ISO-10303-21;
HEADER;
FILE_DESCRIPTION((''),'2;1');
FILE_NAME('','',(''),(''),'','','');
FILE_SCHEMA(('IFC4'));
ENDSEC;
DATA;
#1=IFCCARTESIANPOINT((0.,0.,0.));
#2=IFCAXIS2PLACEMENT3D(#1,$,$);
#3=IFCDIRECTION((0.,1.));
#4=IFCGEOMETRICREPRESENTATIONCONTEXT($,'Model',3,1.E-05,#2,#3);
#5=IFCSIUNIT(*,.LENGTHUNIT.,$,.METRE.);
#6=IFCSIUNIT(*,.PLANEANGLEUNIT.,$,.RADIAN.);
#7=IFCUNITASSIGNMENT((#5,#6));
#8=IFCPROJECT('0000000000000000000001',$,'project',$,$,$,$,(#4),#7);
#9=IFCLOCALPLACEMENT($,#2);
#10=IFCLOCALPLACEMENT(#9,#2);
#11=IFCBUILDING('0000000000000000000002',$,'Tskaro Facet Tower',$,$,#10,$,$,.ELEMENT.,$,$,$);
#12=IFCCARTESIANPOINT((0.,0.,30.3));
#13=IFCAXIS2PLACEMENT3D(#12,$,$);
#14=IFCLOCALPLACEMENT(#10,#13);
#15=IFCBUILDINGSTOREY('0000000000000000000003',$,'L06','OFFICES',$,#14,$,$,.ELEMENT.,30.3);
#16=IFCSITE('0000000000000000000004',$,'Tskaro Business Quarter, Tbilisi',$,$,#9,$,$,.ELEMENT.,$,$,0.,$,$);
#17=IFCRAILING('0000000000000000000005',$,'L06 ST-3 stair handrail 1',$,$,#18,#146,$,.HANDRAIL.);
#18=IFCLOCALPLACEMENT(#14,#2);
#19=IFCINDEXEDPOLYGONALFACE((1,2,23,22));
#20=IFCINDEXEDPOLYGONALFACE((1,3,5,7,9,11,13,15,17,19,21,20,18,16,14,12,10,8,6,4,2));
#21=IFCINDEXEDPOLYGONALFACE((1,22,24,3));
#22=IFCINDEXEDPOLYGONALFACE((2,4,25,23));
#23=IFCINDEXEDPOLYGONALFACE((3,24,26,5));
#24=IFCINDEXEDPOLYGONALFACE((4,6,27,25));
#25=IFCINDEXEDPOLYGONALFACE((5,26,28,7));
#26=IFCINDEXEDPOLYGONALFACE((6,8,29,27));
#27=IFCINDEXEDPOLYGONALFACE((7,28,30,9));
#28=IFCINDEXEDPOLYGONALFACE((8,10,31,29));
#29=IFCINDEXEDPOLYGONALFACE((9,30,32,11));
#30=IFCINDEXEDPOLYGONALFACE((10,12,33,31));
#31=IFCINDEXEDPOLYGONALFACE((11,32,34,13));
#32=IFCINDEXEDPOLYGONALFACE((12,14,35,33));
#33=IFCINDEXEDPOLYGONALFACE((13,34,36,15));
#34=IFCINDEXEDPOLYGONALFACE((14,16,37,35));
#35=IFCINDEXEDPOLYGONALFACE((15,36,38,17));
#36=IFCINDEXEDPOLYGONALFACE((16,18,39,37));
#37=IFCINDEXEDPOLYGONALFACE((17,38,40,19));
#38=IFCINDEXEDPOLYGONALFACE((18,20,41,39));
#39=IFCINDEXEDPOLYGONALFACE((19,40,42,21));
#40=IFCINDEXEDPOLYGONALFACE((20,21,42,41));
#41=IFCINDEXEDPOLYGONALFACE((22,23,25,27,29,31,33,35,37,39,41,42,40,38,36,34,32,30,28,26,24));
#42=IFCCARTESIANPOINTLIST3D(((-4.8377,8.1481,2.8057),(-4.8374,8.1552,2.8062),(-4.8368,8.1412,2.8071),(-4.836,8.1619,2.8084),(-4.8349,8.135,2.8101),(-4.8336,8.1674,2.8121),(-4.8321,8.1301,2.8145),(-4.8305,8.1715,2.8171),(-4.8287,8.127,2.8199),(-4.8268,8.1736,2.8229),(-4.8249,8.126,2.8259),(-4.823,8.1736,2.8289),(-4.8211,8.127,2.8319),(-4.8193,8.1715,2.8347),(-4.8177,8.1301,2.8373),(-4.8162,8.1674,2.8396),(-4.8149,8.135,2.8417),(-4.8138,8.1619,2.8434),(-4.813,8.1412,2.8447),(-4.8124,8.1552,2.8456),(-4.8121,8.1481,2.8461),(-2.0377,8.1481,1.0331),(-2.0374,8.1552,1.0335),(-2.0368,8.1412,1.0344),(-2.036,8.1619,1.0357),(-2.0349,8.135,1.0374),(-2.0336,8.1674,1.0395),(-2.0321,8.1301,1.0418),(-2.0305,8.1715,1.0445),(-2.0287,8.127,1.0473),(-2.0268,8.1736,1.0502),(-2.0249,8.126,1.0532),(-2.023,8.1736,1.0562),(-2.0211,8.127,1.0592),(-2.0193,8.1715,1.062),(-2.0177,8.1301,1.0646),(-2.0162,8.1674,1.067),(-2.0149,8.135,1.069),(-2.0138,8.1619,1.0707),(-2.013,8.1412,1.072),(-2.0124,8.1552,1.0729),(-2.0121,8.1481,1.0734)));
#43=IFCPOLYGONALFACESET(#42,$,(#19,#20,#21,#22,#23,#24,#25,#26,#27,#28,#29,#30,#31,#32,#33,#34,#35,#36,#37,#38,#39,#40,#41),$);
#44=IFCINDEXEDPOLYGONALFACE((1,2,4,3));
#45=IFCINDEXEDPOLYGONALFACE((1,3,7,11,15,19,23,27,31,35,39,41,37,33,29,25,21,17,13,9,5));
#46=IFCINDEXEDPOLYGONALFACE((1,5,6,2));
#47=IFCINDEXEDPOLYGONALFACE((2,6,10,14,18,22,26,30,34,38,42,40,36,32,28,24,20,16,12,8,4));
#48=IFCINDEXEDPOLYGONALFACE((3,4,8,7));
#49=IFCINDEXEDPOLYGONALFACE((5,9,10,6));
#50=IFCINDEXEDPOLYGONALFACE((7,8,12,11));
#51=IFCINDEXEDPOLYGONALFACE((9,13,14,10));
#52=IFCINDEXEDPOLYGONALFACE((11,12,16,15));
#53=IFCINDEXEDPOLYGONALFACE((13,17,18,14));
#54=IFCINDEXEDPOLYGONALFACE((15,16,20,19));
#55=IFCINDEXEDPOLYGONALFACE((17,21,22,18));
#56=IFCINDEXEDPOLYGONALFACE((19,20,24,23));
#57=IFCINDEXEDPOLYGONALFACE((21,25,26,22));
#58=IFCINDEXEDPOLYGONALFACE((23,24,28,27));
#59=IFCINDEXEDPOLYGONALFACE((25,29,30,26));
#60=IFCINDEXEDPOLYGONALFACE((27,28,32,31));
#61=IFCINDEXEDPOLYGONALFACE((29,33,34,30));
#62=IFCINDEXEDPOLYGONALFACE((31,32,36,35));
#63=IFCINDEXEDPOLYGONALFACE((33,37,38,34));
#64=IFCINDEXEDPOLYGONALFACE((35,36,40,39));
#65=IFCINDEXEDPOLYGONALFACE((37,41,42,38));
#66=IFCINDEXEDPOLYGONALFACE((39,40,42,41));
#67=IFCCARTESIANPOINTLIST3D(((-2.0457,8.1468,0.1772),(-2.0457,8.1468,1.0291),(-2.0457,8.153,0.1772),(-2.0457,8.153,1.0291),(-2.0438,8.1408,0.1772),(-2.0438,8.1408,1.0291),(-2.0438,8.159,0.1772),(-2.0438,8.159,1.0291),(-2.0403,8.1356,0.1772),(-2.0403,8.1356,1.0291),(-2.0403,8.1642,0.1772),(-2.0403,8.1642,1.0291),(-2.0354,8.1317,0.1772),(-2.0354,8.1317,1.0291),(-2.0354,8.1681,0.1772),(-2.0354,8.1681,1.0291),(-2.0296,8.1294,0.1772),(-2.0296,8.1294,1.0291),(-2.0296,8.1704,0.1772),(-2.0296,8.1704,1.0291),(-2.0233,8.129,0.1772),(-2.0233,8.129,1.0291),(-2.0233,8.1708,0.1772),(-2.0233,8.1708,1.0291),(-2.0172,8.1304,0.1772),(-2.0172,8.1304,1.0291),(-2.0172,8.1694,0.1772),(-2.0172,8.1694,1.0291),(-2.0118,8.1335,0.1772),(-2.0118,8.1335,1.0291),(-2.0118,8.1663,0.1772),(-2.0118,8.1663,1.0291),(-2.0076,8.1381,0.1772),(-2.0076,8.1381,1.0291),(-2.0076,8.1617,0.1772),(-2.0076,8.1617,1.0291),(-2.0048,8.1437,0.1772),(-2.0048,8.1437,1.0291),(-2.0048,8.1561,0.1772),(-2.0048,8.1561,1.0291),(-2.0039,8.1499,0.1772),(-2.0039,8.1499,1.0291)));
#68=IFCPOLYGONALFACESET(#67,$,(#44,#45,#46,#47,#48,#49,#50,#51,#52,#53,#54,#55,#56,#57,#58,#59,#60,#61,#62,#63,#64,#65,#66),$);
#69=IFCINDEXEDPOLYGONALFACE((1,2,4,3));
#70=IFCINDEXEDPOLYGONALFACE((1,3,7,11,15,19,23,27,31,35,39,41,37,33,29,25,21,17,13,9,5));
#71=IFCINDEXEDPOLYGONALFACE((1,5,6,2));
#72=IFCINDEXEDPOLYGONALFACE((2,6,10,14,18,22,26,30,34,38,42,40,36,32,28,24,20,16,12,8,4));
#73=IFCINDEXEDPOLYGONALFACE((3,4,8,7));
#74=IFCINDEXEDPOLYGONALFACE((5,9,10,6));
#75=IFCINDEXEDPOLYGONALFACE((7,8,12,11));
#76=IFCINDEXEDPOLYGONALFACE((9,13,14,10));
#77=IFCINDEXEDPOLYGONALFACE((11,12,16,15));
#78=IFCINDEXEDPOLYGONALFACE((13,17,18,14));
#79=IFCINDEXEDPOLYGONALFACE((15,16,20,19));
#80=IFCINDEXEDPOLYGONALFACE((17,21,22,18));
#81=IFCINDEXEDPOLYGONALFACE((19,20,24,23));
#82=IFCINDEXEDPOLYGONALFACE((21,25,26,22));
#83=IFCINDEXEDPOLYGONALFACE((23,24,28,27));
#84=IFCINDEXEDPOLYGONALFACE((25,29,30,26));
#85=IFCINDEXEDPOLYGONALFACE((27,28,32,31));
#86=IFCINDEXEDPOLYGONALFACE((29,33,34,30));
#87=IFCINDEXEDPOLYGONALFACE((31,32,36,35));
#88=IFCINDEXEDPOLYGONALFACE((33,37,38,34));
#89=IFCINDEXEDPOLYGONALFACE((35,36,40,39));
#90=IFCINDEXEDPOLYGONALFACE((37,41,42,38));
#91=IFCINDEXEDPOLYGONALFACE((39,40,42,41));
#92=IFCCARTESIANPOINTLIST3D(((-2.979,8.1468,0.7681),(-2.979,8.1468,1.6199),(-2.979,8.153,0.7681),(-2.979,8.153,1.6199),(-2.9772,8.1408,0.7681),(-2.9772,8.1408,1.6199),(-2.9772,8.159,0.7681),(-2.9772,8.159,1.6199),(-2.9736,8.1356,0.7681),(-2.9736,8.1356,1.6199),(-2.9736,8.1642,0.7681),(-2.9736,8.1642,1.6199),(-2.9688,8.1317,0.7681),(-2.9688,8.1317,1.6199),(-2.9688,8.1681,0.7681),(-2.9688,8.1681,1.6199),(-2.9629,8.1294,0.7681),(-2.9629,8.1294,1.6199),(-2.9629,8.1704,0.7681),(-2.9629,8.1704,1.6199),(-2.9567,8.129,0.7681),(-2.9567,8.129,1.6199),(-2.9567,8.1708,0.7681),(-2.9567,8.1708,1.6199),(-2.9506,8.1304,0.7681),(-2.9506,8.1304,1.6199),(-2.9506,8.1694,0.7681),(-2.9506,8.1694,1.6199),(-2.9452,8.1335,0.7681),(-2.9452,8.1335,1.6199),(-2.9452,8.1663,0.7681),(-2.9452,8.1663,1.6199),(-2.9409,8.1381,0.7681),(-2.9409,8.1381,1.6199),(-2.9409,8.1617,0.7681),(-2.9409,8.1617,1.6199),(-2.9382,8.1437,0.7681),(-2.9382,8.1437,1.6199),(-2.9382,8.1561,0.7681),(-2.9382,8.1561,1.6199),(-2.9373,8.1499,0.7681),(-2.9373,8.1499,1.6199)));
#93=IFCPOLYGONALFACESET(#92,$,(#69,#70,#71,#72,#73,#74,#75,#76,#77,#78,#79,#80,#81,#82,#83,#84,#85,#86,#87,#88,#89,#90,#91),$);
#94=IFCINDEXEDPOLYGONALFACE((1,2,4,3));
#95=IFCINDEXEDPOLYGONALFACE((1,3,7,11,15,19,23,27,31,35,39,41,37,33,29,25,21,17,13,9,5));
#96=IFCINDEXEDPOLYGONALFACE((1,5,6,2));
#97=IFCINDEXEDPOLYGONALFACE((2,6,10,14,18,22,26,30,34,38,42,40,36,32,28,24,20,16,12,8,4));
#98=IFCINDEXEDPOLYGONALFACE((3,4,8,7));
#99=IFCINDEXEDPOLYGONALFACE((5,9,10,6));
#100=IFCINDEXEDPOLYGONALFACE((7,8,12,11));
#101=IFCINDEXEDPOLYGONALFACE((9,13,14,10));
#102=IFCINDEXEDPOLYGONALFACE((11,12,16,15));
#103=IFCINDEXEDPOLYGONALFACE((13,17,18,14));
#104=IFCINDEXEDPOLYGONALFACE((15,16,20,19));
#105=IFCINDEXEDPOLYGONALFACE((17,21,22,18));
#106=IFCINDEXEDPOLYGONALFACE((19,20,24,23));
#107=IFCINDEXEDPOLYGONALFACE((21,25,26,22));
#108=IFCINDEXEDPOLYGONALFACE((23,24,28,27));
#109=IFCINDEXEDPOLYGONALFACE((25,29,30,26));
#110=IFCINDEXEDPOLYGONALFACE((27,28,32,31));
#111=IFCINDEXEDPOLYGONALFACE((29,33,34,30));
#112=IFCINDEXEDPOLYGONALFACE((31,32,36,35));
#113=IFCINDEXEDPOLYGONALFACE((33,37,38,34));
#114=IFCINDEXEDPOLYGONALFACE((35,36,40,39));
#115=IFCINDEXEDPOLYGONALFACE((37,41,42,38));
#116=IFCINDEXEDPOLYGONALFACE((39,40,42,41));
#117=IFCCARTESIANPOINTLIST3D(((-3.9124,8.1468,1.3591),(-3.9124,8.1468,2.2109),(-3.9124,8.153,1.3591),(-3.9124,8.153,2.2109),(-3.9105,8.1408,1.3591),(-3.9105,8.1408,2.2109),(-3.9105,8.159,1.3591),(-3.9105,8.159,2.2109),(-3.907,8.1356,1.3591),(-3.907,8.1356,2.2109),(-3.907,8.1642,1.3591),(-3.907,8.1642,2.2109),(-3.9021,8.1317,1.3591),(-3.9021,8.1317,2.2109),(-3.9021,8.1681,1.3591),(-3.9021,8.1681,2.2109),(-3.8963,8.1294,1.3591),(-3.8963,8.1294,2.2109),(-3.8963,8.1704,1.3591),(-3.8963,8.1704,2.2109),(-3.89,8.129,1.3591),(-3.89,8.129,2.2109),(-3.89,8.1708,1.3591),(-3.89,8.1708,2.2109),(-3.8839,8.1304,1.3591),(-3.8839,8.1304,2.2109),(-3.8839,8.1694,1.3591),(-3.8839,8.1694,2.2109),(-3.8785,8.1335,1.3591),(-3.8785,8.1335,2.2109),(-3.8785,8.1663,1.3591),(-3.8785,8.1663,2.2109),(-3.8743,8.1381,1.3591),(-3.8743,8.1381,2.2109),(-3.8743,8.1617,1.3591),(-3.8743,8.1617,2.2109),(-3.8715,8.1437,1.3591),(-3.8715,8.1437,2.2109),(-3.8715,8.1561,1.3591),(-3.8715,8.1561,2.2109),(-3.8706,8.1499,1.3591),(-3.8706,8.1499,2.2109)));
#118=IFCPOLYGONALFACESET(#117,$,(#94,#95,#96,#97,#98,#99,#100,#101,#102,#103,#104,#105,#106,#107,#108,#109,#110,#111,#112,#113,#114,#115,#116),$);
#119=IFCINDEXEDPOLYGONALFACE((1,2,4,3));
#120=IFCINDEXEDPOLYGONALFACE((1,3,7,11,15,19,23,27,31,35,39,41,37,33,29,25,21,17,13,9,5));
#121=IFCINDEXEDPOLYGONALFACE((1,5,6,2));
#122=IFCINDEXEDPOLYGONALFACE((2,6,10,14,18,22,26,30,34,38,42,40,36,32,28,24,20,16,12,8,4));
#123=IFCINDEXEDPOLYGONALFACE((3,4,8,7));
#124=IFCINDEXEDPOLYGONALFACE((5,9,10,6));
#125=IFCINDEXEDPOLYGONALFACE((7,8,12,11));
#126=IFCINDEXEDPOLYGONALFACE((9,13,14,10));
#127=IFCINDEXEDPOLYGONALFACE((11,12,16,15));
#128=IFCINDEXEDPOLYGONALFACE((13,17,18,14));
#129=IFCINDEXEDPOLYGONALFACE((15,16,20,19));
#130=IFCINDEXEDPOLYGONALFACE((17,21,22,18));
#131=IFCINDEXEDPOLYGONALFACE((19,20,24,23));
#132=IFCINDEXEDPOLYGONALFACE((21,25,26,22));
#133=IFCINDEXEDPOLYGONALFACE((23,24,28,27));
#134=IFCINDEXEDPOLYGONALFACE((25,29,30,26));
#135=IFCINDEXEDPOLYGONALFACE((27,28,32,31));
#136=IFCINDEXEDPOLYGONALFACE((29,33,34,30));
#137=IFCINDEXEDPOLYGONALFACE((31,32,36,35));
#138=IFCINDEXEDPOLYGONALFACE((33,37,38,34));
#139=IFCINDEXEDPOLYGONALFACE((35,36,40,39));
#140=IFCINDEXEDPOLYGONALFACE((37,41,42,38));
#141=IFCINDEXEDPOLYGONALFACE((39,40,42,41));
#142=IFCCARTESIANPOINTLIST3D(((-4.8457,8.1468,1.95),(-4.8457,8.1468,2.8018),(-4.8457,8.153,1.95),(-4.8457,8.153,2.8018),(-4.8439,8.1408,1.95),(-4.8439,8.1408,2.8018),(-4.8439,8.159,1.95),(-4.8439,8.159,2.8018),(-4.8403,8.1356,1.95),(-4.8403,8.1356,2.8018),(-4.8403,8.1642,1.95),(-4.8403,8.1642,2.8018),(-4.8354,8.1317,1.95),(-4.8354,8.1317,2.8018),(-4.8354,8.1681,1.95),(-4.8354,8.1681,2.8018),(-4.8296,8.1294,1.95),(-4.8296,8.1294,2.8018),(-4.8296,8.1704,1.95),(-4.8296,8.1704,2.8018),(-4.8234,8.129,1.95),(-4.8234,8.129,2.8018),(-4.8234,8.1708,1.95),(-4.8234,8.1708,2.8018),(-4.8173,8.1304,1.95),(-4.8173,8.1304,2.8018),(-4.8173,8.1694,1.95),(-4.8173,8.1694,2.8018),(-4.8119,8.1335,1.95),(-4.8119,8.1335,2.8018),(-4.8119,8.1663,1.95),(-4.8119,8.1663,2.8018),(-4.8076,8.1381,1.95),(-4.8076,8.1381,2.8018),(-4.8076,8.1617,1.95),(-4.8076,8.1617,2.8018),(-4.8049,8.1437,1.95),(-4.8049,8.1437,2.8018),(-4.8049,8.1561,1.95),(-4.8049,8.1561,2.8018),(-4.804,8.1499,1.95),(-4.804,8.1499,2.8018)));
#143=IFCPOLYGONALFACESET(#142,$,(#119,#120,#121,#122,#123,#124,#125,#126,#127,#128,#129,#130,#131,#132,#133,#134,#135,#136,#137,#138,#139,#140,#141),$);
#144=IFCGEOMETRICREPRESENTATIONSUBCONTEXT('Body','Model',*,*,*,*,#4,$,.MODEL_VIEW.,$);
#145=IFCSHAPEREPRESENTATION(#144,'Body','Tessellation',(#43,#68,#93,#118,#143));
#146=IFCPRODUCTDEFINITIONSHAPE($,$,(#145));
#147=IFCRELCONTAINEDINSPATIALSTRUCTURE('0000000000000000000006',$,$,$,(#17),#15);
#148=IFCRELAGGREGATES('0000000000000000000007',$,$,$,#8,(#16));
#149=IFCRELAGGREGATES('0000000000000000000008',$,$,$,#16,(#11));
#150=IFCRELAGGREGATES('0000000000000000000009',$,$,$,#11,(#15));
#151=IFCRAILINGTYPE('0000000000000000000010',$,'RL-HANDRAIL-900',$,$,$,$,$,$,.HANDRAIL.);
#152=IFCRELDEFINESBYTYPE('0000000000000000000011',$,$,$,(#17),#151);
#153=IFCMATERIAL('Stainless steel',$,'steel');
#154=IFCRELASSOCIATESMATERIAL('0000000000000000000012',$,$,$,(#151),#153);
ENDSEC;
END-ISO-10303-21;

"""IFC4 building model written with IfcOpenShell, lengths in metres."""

from ifc_helpers import new_model, si_unit, direction, frame, origin, origin_2d, place, context, subcontext, project, spatial, circle, extrude, material, type_object, element, save


model = new_model("IFC4")

# Units and contexts
model_context = context("Model", 3, precision=1e-05, world=origin(), true_north=direction((0.0, 1.0)))
body_context = subcontext(model_context, "Body", "Model", "MODEL_VIEW")
ifc_project = project(units=[si_unit("LENGTHUNIT", "METRE"), si_unit("PLANEANGLEUNIT", "RADIAN")], contexts=[model_context])

# Site, building, storey
site_placement = place(None, origin())
site = spatial("IfcSite", under=ifc_project, at=site_placement, Name="Tskaro Business Quarter, Tbilisi", CompositionType="ELEMENT", RefElevation=0.0)
building_placement = place(site_placement, origin())
building = spatial("IfcBuilding", under=site, at=building_placement, Name="Tskaro Facet Tower", CompositionType="ELEMENT")
storey_placement = place(building_placement, frame((0.0, 0.0, 30.3)))
storey = spatial("IfcBuildingStorey", under=building, at=storey_placement, Name="L06", Description="OFFICES", CompositionType="ELEMENT", Elevation=30.3)

# Railing
ifc_material_1 = material(Name="Stainless steel", Category="steel")
railing_type_1 = type_object("IfcRailingType", Name="RL-HANDRAIL-900", PredefinedType="HANDRAIL", material=ifc_material_1)
railing_1_placement = place(storey_placement, frame((-2.0249, 8.1499, 0.1772)))
element("IfcRailing", 1, at=railing_1_placement, inside=storey, type_object=railing_type_1, Name="L06 ST-3 stair handrail 1", PredefinedType="HANDRAIL", context=body_context, shape_type="SweptSolid", body=[
    extrude(circle(Radius=0.0239, at=origin_2d()), frame((0.0, 0.0, 0.876), z_axis=(-0.844909, 0.0, 0.53491), x_axis=(0.0, -1.0, 0.0)), (0.0, 0.0, 1.0), 3.314),
    extrude(circle(Radius=0.021, at=origin_2d()), origin(), (0.0, 0.0, 1.0), 0.8518),
    extrude(circle(Radius=0.021, at=origin_2d()), frame((-0.9333, 0.0, 0.5908)), (0.0, 0.0, 1.0), 0.8518),
    extrude(circle(Radius=0.021, at=origin_2d()), frame((-1.8667, 0.0, 1.1819)), (0.0, 0.0, 1.0), 0.8518),
    extrude(circle(Radius=0.021, at=origin_2d()), frame((-2.8, 0.0, 1.7727)), (0.0, 0.0, 1.0), 0.8518),
])

save(model, "model.ifc")
